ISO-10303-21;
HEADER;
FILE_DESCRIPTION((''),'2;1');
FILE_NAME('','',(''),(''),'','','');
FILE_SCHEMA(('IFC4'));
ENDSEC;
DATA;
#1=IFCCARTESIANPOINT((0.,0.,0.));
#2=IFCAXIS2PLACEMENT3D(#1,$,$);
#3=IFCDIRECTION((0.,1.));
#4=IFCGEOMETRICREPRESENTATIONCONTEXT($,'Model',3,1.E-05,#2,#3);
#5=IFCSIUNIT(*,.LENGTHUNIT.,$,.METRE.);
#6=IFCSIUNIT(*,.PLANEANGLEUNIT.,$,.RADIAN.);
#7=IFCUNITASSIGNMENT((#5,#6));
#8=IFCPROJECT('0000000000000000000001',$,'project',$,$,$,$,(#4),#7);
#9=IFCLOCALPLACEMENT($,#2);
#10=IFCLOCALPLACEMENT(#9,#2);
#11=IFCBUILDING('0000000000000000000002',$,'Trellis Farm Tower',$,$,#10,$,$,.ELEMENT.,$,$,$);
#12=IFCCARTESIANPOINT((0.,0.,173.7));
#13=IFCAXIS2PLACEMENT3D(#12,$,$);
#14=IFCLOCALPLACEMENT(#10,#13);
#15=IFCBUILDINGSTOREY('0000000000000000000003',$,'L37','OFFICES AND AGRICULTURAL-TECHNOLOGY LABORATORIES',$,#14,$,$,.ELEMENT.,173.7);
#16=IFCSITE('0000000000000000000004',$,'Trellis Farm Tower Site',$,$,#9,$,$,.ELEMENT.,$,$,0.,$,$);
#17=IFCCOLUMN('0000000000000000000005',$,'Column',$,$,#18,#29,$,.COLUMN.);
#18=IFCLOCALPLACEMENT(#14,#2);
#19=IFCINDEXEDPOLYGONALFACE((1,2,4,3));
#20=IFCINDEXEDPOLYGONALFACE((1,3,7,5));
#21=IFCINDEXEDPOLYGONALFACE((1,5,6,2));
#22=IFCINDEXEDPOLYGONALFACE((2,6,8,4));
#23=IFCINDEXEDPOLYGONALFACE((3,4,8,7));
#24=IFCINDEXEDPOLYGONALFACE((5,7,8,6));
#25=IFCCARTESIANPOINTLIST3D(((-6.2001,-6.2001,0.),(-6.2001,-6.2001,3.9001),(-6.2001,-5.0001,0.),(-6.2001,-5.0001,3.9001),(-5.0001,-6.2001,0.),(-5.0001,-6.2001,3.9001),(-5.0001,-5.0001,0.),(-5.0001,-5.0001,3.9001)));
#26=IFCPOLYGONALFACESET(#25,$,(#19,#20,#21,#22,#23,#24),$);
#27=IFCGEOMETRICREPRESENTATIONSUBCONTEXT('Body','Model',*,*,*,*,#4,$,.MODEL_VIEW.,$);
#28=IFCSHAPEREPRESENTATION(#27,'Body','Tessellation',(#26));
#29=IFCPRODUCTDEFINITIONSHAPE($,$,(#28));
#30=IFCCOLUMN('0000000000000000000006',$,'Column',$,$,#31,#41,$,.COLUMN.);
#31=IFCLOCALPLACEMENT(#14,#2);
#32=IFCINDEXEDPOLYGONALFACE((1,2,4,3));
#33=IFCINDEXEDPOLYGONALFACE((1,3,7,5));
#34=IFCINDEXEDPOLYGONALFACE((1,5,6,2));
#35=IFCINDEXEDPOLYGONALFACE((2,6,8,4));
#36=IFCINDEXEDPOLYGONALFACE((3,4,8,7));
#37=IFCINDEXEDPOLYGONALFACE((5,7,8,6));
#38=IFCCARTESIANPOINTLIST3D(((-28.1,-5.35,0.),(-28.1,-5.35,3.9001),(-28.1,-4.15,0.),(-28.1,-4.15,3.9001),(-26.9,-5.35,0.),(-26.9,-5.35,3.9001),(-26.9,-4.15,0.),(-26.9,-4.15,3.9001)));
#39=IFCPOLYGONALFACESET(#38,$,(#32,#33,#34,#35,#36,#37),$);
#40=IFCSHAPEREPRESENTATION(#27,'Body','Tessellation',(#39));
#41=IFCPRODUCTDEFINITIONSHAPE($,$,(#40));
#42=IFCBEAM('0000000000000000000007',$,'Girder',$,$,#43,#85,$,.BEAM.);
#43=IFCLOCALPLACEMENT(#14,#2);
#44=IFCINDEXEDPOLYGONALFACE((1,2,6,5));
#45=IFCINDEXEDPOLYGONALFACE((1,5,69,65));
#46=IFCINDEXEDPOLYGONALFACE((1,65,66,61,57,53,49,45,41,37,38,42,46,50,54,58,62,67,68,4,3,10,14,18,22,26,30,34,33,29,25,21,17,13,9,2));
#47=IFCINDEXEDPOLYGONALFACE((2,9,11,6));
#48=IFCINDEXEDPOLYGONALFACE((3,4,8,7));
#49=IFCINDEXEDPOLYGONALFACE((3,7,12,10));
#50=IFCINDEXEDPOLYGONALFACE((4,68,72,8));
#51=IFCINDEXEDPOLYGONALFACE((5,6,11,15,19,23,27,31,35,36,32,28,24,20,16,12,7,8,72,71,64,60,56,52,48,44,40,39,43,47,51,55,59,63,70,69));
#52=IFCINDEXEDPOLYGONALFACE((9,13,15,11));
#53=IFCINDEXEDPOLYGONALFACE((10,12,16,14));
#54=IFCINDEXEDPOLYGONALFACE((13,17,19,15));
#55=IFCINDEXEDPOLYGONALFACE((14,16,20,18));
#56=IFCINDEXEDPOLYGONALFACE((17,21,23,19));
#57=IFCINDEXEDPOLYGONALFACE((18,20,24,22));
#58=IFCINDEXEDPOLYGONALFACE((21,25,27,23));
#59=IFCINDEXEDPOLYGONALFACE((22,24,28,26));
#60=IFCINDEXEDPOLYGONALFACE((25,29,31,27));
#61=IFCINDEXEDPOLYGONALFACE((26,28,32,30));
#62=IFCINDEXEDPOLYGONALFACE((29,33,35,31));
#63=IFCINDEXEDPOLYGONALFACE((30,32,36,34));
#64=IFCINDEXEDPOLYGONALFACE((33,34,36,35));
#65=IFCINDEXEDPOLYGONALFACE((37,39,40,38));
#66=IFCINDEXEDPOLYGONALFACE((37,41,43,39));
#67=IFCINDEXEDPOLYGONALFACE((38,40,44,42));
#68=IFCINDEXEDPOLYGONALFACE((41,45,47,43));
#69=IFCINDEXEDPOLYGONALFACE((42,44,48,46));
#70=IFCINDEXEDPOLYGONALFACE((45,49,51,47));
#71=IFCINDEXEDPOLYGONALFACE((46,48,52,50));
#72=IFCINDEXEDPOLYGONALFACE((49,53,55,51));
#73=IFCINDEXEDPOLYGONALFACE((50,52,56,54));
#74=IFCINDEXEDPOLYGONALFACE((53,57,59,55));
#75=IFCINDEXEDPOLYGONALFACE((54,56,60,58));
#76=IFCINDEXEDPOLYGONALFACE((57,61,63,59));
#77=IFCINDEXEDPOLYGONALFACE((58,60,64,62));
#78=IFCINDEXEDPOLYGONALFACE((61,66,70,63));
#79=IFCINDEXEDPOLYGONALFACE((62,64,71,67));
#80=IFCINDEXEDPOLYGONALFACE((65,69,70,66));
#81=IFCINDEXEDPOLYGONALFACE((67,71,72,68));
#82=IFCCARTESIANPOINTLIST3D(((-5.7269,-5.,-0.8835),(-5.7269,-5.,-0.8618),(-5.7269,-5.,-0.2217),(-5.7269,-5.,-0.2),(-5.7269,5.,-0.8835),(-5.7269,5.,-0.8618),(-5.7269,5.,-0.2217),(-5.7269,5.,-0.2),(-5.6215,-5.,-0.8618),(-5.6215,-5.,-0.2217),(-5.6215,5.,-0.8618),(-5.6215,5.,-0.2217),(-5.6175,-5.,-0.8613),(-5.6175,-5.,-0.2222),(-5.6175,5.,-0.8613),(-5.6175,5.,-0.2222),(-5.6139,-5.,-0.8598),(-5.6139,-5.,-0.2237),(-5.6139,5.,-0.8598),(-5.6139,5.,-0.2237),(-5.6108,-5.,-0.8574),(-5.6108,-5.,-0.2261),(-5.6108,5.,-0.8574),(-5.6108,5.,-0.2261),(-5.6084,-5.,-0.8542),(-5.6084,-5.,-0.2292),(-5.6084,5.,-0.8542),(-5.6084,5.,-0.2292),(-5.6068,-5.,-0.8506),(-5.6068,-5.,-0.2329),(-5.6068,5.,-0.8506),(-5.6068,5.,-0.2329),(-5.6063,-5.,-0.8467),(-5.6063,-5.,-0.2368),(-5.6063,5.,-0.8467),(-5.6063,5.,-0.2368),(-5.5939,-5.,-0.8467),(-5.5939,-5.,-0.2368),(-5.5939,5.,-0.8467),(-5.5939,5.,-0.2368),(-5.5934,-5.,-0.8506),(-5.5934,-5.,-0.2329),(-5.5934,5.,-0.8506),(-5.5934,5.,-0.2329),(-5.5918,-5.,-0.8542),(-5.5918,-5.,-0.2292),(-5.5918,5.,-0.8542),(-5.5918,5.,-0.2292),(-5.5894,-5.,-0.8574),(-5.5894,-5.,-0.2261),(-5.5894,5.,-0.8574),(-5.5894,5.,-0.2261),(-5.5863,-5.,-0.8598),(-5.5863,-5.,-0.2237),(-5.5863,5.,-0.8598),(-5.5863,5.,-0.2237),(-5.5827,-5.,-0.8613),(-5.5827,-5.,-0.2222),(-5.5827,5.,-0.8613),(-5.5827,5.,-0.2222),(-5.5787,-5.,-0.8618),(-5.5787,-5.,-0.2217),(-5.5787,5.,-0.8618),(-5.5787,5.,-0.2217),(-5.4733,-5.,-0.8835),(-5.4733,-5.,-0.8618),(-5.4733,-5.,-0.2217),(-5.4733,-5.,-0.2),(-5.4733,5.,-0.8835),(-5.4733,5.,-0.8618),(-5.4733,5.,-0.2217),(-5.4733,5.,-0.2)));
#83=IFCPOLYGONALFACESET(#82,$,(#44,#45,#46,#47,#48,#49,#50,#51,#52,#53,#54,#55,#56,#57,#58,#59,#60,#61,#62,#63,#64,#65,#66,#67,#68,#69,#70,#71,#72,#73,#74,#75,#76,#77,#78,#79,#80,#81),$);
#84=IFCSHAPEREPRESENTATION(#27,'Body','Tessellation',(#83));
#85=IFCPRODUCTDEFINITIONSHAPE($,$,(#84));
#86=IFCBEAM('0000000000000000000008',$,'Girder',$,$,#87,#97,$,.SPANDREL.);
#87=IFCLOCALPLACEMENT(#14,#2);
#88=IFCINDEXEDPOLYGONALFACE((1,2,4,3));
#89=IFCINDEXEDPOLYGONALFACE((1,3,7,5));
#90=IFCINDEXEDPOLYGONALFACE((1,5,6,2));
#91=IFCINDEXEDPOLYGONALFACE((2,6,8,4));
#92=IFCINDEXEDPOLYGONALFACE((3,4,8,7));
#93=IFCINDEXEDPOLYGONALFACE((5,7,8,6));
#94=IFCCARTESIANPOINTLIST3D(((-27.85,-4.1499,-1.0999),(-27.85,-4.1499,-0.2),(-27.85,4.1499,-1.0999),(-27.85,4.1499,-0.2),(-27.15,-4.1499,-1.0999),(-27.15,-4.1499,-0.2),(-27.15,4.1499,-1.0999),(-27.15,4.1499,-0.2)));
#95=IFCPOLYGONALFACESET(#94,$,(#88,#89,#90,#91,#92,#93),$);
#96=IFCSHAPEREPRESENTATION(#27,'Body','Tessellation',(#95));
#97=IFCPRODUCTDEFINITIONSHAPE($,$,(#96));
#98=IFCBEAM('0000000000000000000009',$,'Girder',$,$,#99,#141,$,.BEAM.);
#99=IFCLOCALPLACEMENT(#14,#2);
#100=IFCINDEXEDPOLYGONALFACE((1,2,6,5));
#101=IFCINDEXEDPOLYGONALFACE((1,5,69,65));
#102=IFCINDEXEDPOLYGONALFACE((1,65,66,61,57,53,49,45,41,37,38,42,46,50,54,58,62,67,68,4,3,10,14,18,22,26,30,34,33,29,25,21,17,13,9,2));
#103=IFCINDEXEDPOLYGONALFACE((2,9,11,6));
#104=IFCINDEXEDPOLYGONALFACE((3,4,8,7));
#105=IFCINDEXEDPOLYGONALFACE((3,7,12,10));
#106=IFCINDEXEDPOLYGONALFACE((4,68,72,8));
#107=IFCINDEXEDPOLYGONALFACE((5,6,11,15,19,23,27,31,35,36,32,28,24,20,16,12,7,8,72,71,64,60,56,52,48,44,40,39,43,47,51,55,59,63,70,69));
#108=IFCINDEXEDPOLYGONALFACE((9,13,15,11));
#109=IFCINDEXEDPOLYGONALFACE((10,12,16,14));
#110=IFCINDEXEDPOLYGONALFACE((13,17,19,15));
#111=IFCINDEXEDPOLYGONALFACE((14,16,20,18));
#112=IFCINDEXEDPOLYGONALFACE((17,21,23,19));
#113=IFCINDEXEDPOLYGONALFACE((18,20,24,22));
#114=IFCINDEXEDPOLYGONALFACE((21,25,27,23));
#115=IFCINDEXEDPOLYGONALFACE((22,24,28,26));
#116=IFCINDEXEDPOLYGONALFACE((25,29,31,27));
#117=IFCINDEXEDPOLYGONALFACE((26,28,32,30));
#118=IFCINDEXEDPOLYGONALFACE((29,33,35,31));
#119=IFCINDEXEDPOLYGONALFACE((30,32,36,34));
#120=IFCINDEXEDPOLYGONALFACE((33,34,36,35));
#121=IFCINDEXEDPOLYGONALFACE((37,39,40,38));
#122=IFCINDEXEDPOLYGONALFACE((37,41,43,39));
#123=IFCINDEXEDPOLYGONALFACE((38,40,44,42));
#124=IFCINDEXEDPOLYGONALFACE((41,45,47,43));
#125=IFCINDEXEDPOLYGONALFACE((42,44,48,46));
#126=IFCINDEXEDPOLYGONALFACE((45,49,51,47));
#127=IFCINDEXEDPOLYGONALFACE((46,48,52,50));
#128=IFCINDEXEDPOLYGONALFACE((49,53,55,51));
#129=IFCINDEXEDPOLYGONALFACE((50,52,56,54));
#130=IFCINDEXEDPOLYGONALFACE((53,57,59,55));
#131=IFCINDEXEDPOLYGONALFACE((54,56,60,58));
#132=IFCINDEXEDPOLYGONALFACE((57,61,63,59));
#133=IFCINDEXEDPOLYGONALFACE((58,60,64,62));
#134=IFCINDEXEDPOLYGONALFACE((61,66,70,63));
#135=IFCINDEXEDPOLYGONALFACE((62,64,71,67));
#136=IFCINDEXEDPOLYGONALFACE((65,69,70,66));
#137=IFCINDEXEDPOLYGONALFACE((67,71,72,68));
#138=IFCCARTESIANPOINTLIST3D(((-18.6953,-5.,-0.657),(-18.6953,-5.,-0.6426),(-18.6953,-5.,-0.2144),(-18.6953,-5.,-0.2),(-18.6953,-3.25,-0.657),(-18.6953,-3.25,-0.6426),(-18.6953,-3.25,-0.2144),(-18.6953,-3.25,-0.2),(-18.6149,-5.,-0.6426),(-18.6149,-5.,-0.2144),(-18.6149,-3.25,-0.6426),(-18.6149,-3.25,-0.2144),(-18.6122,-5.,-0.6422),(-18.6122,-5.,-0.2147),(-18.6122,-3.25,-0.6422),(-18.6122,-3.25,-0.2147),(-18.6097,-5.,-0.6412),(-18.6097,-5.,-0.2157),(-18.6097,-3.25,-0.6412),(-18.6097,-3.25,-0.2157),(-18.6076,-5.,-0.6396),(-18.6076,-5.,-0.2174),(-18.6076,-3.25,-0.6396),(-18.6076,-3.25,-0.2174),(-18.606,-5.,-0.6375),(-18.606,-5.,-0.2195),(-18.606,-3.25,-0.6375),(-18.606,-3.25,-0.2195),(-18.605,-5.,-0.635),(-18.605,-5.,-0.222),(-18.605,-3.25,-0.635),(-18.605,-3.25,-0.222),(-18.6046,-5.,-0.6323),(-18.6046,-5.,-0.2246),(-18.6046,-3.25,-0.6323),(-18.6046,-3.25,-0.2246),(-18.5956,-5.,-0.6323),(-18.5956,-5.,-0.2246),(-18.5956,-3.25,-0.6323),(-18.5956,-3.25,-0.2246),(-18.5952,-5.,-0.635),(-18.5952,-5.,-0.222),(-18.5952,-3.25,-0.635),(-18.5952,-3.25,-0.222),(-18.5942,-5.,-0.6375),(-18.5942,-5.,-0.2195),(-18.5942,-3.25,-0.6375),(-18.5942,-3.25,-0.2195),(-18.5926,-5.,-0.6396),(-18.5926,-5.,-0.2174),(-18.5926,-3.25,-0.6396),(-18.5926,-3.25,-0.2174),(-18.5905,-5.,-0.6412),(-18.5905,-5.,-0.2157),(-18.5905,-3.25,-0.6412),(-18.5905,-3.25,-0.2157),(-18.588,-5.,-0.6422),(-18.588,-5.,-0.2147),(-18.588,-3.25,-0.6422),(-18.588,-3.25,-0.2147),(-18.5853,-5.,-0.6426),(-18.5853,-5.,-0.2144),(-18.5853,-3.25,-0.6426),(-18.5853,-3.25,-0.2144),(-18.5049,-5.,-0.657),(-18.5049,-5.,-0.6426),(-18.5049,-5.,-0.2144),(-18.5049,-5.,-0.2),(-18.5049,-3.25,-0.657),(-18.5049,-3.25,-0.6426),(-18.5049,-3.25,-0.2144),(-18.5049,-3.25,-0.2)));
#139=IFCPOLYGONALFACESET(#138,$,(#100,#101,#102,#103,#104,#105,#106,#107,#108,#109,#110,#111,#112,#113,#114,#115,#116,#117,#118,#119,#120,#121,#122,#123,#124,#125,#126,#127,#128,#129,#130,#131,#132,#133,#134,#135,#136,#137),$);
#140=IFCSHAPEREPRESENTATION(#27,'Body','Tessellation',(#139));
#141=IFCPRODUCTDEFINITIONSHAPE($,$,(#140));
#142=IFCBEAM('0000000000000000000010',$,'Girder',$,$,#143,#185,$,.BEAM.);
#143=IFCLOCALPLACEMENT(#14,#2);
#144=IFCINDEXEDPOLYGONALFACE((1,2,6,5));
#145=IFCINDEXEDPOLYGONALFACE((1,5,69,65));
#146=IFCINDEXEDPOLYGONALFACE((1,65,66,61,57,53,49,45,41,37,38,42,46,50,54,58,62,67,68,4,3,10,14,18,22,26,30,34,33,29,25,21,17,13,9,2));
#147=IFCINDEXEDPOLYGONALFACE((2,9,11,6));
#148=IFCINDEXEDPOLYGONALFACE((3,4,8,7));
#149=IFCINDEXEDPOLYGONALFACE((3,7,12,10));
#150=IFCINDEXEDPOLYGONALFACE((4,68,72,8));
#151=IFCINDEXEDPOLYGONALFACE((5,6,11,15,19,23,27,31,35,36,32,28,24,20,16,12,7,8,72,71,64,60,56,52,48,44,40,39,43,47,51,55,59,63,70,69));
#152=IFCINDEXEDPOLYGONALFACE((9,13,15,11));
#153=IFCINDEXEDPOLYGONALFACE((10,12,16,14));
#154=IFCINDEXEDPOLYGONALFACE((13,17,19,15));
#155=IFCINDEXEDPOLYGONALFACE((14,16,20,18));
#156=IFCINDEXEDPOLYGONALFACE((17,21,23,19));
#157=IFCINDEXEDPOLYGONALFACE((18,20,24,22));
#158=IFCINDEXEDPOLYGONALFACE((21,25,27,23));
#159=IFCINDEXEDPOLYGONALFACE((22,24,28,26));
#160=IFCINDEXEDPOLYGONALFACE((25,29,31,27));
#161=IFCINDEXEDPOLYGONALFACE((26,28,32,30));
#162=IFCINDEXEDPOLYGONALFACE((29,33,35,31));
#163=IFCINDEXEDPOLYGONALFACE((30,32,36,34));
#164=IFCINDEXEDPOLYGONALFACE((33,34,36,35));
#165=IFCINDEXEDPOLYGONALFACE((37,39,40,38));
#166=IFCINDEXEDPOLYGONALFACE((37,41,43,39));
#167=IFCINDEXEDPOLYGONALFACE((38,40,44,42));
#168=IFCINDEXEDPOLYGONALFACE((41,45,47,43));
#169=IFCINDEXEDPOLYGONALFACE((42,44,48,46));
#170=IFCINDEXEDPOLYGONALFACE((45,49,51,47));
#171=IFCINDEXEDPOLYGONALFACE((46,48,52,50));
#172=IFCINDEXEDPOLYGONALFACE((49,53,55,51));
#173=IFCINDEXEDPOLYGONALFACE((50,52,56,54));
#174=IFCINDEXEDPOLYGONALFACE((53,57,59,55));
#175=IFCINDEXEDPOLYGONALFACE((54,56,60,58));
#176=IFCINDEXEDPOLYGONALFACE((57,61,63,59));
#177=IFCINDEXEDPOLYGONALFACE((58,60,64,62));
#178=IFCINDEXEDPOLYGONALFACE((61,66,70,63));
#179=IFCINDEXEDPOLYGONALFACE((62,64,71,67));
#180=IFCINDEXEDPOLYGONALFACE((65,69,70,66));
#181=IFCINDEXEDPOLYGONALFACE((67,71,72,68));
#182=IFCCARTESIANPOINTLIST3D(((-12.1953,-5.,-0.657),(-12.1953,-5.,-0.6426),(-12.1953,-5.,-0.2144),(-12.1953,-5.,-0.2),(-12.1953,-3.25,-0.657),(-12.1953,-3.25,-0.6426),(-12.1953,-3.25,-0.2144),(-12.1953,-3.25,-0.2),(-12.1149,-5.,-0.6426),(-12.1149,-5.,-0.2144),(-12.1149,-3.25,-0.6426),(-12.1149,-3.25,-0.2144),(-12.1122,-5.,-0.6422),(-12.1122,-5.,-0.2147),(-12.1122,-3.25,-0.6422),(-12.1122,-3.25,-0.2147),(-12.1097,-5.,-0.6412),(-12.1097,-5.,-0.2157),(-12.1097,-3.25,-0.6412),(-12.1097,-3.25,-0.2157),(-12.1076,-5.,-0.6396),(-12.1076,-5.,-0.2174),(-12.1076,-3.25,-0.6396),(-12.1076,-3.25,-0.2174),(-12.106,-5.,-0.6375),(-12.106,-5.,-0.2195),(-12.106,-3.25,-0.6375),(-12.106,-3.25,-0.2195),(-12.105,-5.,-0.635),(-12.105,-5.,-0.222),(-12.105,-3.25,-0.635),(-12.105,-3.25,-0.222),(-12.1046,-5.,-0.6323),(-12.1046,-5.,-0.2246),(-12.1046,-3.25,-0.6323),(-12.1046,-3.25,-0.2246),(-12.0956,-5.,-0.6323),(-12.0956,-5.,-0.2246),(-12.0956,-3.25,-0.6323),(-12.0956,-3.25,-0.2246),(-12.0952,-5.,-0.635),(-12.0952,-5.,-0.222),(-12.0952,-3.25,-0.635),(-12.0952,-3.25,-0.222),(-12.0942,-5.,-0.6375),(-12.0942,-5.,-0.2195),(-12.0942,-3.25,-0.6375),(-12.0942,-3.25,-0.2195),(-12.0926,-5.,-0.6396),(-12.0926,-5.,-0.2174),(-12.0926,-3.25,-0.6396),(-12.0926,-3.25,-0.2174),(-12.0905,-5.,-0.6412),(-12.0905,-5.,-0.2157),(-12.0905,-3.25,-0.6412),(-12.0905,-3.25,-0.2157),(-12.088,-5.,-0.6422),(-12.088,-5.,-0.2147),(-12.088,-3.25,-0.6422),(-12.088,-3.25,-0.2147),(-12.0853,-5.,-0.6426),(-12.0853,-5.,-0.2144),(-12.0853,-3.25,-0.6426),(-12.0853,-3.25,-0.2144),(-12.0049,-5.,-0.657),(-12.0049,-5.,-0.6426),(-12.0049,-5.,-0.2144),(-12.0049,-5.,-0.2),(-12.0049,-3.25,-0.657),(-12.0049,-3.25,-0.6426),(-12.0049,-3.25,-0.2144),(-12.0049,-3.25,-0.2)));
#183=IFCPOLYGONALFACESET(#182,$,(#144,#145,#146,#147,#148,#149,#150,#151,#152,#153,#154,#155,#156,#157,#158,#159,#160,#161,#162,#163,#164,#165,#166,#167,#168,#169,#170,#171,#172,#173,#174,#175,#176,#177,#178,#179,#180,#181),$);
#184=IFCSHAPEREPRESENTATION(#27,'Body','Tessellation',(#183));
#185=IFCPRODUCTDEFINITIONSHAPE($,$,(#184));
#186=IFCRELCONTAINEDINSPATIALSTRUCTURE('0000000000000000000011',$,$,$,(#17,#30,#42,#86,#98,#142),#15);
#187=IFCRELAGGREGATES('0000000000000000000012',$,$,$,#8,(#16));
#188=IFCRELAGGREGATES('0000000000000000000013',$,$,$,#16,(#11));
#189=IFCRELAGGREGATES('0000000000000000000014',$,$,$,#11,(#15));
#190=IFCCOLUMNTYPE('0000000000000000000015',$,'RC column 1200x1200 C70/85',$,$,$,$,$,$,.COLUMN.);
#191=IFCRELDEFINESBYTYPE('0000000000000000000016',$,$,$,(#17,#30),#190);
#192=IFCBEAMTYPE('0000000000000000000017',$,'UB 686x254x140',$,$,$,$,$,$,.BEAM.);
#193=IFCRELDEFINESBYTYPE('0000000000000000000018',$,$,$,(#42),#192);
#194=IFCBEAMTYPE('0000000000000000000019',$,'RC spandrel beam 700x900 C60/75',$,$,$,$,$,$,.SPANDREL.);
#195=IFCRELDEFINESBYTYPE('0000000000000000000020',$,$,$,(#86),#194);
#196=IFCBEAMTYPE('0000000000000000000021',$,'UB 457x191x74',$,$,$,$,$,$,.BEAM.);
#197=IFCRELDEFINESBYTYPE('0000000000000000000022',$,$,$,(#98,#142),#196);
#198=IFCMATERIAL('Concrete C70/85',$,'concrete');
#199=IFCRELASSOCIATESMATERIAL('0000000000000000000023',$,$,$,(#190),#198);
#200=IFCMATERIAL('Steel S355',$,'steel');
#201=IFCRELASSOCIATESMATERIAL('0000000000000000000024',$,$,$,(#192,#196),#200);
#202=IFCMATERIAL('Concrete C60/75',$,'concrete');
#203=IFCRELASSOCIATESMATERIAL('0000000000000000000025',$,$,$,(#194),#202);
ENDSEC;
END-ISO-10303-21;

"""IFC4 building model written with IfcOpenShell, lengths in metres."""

from ifc_helpers import new_model, si_unit, direction, frame, origin, origin_2d, place, context, subcontext, project, spatial, rectangle, i_section, extrude, source, transform, mapped, material, material_profile, profile_set, type_object, element, save


model = new_model("IFC4")

# Units and contexts
model_context = context("Model", 3, precision=1e-05, world=origin(), true_north=direction((0.0, 1.0)))
body_context = subcontext(model_context, "Body", "Model", "MODEL_VIEW")
ifc_project = project(units=[si_unit("LENGTHUNIT", "METRE"), si_unit("PLANEANGLEUNIT", "RADIAN")], contexts=[model_context])

# Site, building, storey
site_placement = place(None, origin())
site = spatial("IfcSite", under=ifc_project, at=site_placement, Name="Trellis Farm Tower Site", CompositionType="ELEMENT", RefElevation=0.0)
building_placement = place(site_placement, origin())
building = spatial("IfcBuilding", under=site, at=building_placement, Name="Trellis Farm Tower", CompositionType="ELEMENT")
storey_placement = place(building_placement, frame((0.0, 0.0, 173.7)))
storey = spatial("IfcBuildingStorey", under=building, at=storey_placement, Name="L37", Description="OFFICES AND AGRICULTURAL-TECHNOLOGY LABORATORIES", CompositionType="ELEMENT", Elevation=173.7)

# Columns
ifc_material_1 = material(Name="Concrete C70/85", Category="concrete")
ifc_material_profile_1 = material_profile(ifc_material_1, rectangle(XDim=1.2, YDim=1.2, at=origin_2d()), Name="RC column 1200x1200 C70/85")
ifc_profile_set_1 = profile_set([ifc_material_profile_1], Name="Concrete C70/85")
column_type = type_object("IfcColumnType", Name="RC column 1200x1200 C70/85", PredefinedType="COLUMN", material=ifc_profile_set_1)
shared_shape_1 = source(origin(), body_context, "Body", "SweptSolid", [
    extrude(rectangle(XDim=1.2, YDim=1.2, at=origin_2d()), origin(), (0.0, 0.0, 1.0), 3.9001),
])
for number, where, z_axis, x_axis, name in (
    (1, (-5.6001, -5.6001, 0.0), (0.0, 0.0, 1.0), (1.0, 0.0, 0.0), "Column"),
    (2, (-27.5, -4.75, 0.0), (0.0, 0.0, 1.0), (1.0, 0.0, 0.0), "Column"),
):
    element("IfcColumn", number, at=place(storey_placement, frame(where, z_axis=z_axis, x_axis=x_axis)), inside=storey, type_object=column_type, Name=name, PredefinedType="COLUMN", context=body_context, shape_type="MappedRepresentation", body=[
        mapped(shared_shape_1, transform((0.0, 0.0, 0.0))),
    ])

# Beams
ifc_material_2 = material(Name="Steel S355", Category="steel")
ifc_material_profile_2 = material_profile(ifc_material_2, i_section(OverallWidth=0.2537, OverallDepth=0.6836, WebThickness=0.0125, FlangeThickness=0.0217, FilletRadius=0.0151, at=origin_2d()), Name="UB 686x254x140")
ifc_profile_set_2 = profile_set([ifc_material_profile_2], Name="Steel S355")
beam_type_1 = type_object("IfcBeamType", Name="UB 686x254x140", PredefinedType="BEAM", material=ifc_profile_set_2)
shared_shape_2 = source(origin(), body_context, "Body", "SweptSolid", [
    extrude(i_section(OverallWidth=0.2537, OverallDepth=0.6836, WebThickness=0.0125, FlangeThickness=0.0217, FilletRadius=0.0151, at=origin_2d()), origin(), (0.0, 0.0, 1.0), 10.0),
])
beam_1_placement = place(storey_placement, frame((-5.6001, -5.0, -0.5417), z_axis=(0.0, 1.0, 0.0), x_axis=(-1.0, 0.0, 0.0)))
element("IfcBeam", 3, at=beam_1_placement, inside=storey, type_object=beam_type_1, Name="Girder", PredefinedType="BEAM", context=body_context, shape_type="MappedRepresentation", body=[
    mapped(shared_shape_2, transform((0.0, 0.0, 0.0))),
])
ifc_material_3 = material(Name="Concrete C60/75", Category="concrete")
ifc_material_profile_3 = material_profile(ifc_material_3, rectangle(XDim=0.7, YDim=0.8999, at=origin_2d()), Name="RC spandrel beam 700x900 C60/75")
ifc_profile_set_3 = profile_set([ifc_material_profile_3], Name="Concrete C60/75")
beam_type_2 = type_object("IfcBeamType", Name="RC spandrel beam 700x900 C60/75", PredefinedType="SPANDREL", material=ifc_profile_set_3)
shared_shape_3 = source(origin(), body_context, "Body", "SweptSolid", [
    extrude(rectangle(XDim=0.7, YDim=0.8999, at=origin_2d()), origin(), (0.0, 0.0, 1.0), 8.2998),
])
beam_2_placement = place(storey_placement, frame((-27.5, -4.1499, -0.6499), z_axis=(0.0, 1.0, 0.0), x_axis=(-1.0, 0.0, 0.0)))
element("IfcBeam", 4, at=beam_2_placement, inside=storey, type_object=beam_type_2, Name="Girder", PredefinedType="SPANDREL", context=body_context, shape_type="MappedRepresentation", body=[
    mapped(shared_shape_3, transform((0.0, 0.0, 0.0))),
])
ifc_material_profile_4 = material_profile(ifc_material_2, i_section(OverallWidth=0.1904, OverallDepth=0.457, WebThickness=0.009, FlangeThickness=0.0144, FilletRadius=0.0103, at=origin_2d()), Name="UB 457x191x74")
ifc_profile_set_4 = profile_set([ifc_material_profile_4], Name="Steel S355")
beam_type_3 = type_object("IfcBeamType", Name="UB 457x191x74", PredefinedType="BEAM", material=ifc_profile_set_4)
shared_shape_4 = source(origin(), body_context, "Body", "SweptSolid", [
    extrude(i_section(OverallWidth=0.1904, OverallDepth=0.457, WebThickness=0.009, FlangeThickness=0.0144, FilletRadius=0.0103, at=origin_2d()), origin(), (0.0, 0.0, 1.0), 1.75),
])
for number, where, z_axis, x_axis, name in (
    (5, (-18.6001, -5.0, -0.4285), (0.0, 1.0, 0.0), (-1.0, 0.0, 0.0), "Girder"),
    (6, (-12.1001, -5.0, -0.4285), (0.0, 1.0, 0.0), (-1.0, 0.0, 0.0), "Girder"),
):
    element("IfcBeam", number, at=place(storey_placement, frame(where, z_axis=z_axis, x_axis=x_axis)), inside=storey, type_object=beam_type_3, Name=name, PredefinedType="BEAM", context=body_context, shape_type="MappedRepresentation", body=[
        mapped(shared_shape_4, transform((0.0, 0.0, 0.0))),
    ])

save(model, "model.ifc")
